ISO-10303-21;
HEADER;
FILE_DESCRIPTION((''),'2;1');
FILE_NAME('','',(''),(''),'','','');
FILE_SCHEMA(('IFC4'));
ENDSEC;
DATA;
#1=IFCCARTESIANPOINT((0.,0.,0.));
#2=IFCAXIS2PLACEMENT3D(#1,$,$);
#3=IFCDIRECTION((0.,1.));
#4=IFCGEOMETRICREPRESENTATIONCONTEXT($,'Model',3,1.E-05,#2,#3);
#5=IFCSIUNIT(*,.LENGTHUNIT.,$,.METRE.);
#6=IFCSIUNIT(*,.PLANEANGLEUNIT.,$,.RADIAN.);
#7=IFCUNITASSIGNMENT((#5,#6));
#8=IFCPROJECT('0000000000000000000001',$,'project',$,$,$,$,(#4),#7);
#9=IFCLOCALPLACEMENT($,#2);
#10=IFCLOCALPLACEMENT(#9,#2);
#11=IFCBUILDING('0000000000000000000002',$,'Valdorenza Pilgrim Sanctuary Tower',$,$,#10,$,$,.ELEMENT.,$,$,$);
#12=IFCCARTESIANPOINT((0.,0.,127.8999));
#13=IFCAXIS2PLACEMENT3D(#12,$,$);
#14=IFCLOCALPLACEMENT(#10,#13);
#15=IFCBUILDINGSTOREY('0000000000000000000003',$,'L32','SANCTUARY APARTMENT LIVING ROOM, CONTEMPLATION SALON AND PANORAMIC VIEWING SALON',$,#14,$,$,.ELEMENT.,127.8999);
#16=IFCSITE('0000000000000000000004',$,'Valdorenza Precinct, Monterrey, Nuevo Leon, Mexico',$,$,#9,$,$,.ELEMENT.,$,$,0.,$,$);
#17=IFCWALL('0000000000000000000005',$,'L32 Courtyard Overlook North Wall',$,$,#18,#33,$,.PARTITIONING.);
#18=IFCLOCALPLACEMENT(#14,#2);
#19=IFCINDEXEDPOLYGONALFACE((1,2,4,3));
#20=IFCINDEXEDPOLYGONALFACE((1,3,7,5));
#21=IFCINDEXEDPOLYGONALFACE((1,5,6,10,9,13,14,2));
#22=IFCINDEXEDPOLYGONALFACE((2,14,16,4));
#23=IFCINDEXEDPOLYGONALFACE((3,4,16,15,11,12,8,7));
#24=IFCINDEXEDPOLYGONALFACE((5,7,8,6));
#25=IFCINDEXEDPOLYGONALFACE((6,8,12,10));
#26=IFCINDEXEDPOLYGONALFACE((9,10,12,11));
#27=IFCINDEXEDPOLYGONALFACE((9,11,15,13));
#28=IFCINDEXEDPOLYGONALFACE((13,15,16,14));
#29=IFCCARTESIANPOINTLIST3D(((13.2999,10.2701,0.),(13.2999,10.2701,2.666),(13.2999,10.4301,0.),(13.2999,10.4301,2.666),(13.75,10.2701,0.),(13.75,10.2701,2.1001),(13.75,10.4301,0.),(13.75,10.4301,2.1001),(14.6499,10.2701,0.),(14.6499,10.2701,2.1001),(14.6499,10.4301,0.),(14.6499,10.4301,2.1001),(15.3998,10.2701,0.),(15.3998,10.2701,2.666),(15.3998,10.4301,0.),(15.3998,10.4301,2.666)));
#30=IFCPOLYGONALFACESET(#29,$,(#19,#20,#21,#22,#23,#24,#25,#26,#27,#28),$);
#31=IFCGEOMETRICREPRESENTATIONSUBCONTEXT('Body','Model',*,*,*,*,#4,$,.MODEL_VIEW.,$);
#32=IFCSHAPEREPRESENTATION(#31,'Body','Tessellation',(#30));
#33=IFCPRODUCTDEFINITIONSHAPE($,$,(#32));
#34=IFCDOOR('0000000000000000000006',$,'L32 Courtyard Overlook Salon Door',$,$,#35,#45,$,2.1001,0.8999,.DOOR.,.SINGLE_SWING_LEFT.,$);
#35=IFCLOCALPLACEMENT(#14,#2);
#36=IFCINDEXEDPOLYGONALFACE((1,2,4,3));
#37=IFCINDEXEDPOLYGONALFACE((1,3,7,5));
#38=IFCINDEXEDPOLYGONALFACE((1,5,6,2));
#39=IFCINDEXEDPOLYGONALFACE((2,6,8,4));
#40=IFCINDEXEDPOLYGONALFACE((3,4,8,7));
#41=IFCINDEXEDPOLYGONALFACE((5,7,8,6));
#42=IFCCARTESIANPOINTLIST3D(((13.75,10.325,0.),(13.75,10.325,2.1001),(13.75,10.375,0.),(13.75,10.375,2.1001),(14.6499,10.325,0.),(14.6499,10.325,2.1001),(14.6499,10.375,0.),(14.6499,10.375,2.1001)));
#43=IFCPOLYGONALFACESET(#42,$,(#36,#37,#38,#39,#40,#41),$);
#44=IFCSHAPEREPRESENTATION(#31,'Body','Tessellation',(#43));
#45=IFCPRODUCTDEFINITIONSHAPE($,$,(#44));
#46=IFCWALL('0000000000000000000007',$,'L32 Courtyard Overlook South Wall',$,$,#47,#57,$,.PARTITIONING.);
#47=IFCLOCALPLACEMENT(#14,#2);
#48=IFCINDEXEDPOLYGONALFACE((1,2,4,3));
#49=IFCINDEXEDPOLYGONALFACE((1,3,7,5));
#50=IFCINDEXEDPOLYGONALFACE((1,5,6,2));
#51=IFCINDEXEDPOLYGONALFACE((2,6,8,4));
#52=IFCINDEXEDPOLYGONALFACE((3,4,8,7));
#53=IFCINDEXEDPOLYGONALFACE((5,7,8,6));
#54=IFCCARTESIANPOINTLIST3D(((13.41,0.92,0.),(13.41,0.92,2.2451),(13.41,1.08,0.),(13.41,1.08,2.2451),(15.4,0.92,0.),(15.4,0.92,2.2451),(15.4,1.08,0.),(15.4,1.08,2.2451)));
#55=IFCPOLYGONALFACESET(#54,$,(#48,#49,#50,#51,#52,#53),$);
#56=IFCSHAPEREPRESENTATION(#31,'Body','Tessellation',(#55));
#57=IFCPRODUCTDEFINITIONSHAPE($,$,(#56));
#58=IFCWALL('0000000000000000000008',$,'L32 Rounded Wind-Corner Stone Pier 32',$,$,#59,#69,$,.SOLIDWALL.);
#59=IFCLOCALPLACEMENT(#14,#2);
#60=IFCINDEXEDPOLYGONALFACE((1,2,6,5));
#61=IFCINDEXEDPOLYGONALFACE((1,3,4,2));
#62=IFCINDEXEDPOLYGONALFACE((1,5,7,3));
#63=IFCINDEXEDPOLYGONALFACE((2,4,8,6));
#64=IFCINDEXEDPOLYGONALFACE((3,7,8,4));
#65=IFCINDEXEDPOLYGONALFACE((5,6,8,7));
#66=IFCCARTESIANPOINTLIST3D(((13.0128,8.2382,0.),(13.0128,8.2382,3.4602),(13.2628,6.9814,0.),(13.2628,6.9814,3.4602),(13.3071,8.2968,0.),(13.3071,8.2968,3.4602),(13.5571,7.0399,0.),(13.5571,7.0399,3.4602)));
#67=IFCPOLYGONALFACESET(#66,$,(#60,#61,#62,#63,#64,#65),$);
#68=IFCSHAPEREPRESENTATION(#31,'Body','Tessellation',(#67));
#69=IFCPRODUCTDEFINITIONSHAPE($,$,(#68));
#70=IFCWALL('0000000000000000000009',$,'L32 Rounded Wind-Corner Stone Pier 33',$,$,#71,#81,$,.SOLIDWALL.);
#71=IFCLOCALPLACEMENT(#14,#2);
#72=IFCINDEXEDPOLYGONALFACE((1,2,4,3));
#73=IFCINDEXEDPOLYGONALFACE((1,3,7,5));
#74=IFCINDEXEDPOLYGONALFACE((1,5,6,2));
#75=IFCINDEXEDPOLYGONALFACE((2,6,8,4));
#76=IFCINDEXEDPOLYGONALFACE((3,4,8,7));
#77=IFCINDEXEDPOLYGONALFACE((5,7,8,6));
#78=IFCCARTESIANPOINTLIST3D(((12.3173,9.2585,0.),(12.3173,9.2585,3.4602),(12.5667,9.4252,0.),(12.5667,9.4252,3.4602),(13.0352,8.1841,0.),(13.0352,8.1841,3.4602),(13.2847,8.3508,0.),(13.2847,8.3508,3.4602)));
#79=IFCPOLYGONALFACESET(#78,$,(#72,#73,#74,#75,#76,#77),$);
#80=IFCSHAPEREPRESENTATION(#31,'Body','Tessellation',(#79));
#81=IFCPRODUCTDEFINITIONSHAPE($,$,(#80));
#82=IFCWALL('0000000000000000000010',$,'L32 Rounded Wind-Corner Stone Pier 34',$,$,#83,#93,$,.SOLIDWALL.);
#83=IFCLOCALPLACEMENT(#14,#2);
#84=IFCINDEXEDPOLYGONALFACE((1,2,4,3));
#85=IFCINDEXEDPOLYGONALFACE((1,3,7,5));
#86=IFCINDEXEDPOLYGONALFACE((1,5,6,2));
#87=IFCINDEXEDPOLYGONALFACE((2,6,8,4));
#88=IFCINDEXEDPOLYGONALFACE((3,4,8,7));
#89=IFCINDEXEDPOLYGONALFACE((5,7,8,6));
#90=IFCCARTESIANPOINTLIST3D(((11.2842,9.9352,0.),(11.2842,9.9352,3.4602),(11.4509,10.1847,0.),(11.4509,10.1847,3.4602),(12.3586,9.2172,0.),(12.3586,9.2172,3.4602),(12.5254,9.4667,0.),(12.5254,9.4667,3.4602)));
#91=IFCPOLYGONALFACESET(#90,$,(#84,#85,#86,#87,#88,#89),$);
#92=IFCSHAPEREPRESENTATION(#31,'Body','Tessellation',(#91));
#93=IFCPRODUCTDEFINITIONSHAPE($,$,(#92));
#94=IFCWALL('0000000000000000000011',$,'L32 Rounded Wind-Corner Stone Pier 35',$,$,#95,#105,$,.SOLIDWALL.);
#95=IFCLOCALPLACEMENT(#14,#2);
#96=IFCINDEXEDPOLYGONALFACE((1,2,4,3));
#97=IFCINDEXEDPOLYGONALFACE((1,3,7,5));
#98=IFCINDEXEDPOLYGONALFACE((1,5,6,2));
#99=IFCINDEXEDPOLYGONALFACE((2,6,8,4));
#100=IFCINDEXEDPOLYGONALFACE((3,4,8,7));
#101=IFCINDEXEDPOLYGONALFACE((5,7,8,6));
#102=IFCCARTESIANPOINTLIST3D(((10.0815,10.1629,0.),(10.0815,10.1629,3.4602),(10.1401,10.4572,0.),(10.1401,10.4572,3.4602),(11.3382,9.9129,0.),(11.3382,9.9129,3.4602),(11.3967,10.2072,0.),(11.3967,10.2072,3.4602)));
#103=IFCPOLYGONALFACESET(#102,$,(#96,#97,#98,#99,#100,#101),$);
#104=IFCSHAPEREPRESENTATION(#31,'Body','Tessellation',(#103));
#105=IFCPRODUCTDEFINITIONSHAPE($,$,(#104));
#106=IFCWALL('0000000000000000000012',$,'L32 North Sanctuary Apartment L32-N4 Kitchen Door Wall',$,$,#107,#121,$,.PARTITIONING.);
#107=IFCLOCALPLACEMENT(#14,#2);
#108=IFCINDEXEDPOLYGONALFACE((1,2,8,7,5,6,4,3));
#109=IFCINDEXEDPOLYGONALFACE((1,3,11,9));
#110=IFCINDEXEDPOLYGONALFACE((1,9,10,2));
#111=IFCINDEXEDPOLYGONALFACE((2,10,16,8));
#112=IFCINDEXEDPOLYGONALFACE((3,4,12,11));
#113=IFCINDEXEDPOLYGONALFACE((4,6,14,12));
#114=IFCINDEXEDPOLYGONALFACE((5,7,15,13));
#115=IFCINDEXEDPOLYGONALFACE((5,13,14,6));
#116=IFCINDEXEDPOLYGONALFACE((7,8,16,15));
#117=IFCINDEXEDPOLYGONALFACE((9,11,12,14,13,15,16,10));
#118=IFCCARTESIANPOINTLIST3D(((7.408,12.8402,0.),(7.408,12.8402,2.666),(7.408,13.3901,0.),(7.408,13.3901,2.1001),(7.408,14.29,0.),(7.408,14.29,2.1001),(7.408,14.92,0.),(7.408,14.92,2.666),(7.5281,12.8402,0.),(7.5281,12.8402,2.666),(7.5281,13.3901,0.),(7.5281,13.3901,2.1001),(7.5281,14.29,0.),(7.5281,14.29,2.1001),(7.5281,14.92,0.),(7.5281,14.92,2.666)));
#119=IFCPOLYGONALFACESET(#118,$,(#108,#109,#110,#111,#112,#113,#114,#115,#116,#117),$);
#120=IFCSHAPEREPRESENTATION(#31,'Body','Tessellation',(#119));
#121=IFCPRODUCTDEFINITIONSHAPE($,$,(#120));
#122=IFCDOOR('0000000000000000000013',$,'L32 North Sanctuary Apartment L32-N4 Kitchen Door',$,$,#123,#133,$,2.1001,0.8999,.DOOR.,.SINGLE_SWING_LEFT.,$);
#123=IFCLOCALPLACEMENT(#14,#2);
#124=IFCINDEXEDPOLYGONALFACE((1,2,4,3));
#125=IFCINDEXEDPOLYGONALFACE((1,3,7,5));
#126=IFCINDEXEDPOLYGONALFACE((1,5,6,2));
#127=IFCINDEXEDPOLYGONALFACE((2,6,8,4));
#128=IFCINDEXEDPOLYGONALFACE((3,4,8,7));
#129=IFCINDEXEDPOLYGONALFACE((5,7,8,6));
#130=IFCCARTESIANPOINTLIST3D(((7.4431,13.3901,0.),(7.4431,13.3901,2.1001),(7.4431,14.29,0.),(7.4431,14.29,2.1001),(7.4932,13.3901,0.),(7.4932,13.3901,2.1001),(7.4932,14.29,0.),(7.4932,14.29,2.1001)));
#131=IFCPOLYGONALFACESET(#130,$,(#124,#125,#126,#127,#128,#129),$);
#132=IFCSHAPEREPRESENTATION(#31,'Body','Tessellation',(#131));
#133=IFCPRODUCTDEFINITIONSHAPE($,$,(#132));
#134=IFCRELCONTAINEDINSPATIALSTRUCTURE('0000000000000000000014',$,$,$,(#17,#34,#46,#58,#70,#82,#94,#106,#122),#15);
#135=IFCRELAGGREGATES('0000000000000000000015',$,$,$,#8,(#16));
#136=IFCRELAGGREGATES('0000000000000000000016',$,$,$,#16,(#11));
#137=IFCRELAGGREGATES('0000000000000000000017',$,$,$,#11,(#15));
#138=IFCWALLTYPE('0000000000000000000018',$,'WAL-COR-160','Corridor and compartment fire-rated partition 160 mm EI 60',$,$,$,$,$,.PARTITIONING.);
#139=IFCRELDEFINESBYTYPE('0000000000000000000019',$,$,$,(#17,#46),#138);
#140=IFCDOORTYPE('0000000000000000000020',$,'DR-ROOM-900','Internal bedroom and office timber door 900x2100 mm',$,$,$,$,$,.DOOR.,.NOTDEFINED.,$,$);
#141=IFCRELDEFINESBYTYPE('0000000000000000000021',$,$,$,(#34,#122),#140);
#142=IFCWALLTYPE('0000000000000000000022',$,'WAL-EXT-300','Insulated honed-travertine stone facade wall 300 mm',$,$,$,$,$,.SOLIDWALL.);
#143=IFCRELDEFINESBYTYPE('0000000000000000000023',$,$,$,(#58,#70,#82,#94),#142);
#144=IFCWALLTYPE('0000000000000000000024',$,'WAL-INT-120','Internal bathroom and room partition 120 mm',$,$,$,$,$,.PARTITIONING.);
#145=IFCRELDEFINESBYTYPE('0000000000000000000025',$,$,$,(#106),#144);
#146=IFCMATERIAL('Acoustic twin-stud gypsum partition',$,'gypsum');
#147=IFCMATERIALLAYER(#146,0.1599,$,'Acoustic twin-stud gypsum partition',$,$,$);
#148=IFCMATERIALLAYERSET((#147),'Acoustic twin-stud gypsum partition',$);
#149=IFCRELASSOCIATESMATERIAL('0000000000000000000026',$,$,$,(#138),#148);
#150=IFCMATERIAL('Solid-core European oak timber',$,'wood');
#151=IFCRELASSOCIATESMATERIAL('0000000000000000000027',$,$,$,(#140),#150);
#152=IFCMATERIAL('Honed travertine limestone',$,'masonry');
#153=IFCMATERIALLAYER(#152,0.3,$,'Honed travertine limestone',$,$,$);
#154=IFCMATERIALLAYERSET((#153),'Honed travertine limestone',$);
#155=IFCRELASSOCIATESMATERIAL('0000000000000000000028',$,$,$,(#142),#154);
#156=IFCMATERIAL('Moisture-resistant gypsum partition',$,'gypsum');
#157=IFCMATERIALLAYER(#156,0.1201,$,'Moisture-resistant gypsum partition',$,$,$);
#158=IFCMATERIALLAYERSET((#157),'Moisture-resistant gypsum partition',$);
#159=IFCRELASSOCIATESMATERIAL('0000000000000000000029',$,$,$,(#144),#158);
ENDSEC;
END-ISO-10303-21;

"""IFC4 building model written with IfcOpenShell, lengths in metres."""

from ifc_helpers import new_model, si_unit, direction, frame, frame_2d, origin, place, context, subcontext, project, spatial, rectangle, extrude, material, layer, layer_set, type_object, element, fill, save


model = new_model("IFC4")

# Units and contexts
model_context = context("Model", 3, precision=1e-05, world=origin(), true_north=direction((0.0, 1.0)))
body_context = subcontext(model_context, "Body", "Model", "MODEL_VIEW")
ifc_project = project(units=[si_unit("LENGTHUNIT", "METRE"), si_unit("PLANEANGLEUNIT", "RADIAN")], contexts=[model_context])

# Site, building, storey
site_placement = place(None, origin())
site = spatial("IfcSite", under=ifc_project, at=site_placement, Name="Valdorenza Precinct, Monterrey, Nuevo Leon, Mexico", CompositionType="ELEMENT", RefElevation=0.0)
building_placement = place(site_placement, origin())
building = spatial("IfcBuilding", under=site, at=building_placement, Name="Valdorenza Pilgrim Sanctuary Tower", CompositionType="ELEMENT")
storey_placement = place(building_placement, frame((0.0, 0.0, 127.8999)))
storey = spatial("IfcBuildingStorey", under=building, at=storey_placement, Name="L32", Description="SANCTUARY APARTMENT LIVING ROOM, CONTEMPLATION SALON AND PANORAMIC VIEWING SALON", CompositionType="ELEMENT", Elevation=127.8999)

# Shared definitions
ifc_material_1 = material(Name="Honed travertine limestone", Category="masonry")

# Shared definitions
ifc_material_2 = material(Name="Acoustic twin-stud gypsum partition", Category="gypsum")
ifc_layer_1 = layer(ifc_material_2, 0.1599, Name="Acoustic twin-stud gypsum partition")
ifc_layer_set_1 = layer_set([ifc_layer_1], Name="Acoustic twin-stud gypsum partition")
wall_type_1 = type_object("IfcWallType", Name="WAL-COR-160", Description="Corridor and compartment fire-rated partition 160 mm EI 60", PredefinedType="PARTITIONING", material=ifc_layer_set_1)

# Wall, opening, door
ifc_material_3 = material(Name="Solid-core European oak timber", Category="wood")
door_type = type_object("IfcDoorType", Name="DR-ROOM-900", Description="Internal bedroom and office timber door 900x2100 mm", OperationType="NOTDEFINED", PredefinedType="DOOR", material=ifc_material_3)
wall_1_placement = place(storey_placement, frame((13.3, 10.3501, 0.0), z_axis=(0.0, 0.0, 1.0), x_axis=(1.0, 0.0, 0.0)))
wall_1 = element("IfcWall", 1, at=wall_1_placement, inside=storey, type_object=wall_type_1, Name="L32 Courtyard Overlook North Wall", PredefinedType="PARTITIONING", context=body_context, shape_type="SweptSolid", body=[
    extrude(rectangle(XDim=2.0999, YDim=0.1599, at=frame_2d((1.0498, 0.0))), origin(), (0.0, 0.0, 1.0), 2.666),
])
opening_1_placement = place(wall_1_placement, frame((0.45, 0.0, 0.0)))
opening_1 = element("IfcOpeningElement", 2, at=opening_1_placement, cuts=wall_1, PredefinedType="OPENING", context=body_context, shape_type="SweptSolid", body=[
    extrude(rectangle(XDim=0.8999, YDim=2.1001, at=frame_2d((0.45, 1.05))), frame((0.0, 0.0947, 0.0), z_axis=(0.0, -1.0, 0.0), x_axis=(1.0, 0.0, 0.0)), (0.0, 0.0, 1.0), 0.1897),
])
door_1_placement = place(opening_1_placement, origin())
door_1 = element("IfcDoor", 3, at=door_1_placement, inside=storey, type_object=door_type, Name="L32 Courtyard Overlook Salon Door", OperationType="SINGLE_SWING_LEFT", OverallHeight=2.1001, OverallWidth=0.8999, PredefinedType="DOOR", context=body_context, shape_type="SweptSolid", body=[
    extrude(rectangle(XDim=0.8999, YDim=2.1001, at=frame_2d((0.45, 1.05))), frame((0.0, 0.0249, 0.0), z_axis=(0.0, -1.0, 0.0), x_axis=(1.0, 0.0, 0.0)), (0.0, 0.0, 1.0), 0.05),
])
fill(opening_1, door_1)

# Walls
wall_2_placement = place(storey_placement, frame((13.4099, 1.0, 0.0), z_axis=(0.0, 0.0, 1.0), x_axis=(1.0, 0.0, 0.0)))
element("IfcWall", 4, at=wall_2_placement, inside=storey, type_object=wall_type_1, Name="L32 Courtyard Overlook South Wall", PredefinedType="PARTITIONING", context=body_context, shape_type="SweptSolid", body=[
    extrude(rectangle(XDim=1.99, YDim=0.1599, at=frame_2d((0.9951, 0.0))), origin(), (0.0, 0.0, 1.0), 2.2451),
])
ifc_layer_2 = layer(ifc_material_1, 0.3, Name="Honed travertine limestone")
ifc_layer_set_2 = layer_set([ifc_layer_2], Name="Honed travertine limestone")
wall_type_2 = type_object("IfcWallType", Name="WAL-EXT-300", Description="Insulated honed-travertine stone facade wall 300 mm", PredefinedType="SOLIDWALL", material=ifc_layer_set_2)
wall_3_placement = place(storey_placement, frame((13.4099, 7.0107, 0.0), z_axis=(0.0, 0.0, 1.0), x_axis=(-0.19509, 0.980785, 0.0)))
element("IfcWall", 5, at=wall_3_placement, inside=storey, type_object=wall_type_2, Name="L32 Rounded Wind-Corner Stone Pier 32", PredefinedType="SOLIDWALL", context=body_context, shape_type="SweptSolid", body=[
    extrude(rectangle(XDim=1.2815, YDim=0.3, at=frame_2d((0.6406, 0.0))), origin(), (0.0, 0.0, 1.0), 3.4602),
])
for number, where, z_axis, x_axis, name in (
    (6, (13.1599, 8.2676, 0.0), (0.0, 0.0, 1.0), (-0.555615, 0.831439, 0.0), "L32 Rounded Wind-Corner Stone Pier 33"),
    (7, (12.4419, 9.342, 0.0), (0.0, 0.0, 1.0), (-0.831439, 0.555615, 0.0), "L32 Rounded Wind-Corner Stone Pier 34"),
):
    element("IfcWall", number, at=place(storey_placement, frame(where, z_axis=z_axis, x_axis=x_axis)), inside=storey, type_object=wall_type_2, Name=name, PredefinedType="SOLIDWALL", context=body_context, shape_type="SweptSolid", body=[
        extrude(rectangle(XDim=1.2922, YDim=0.3, at=frame_2d((0.646, 0.0))), origin(), (0.0, 0.0, 1.0), 3.4602),
    ])
wall_4_placement = place(storey_placement, frame((11.3674, 10.0601, 0.0), z_axis=(0.0, 0.0, 1.0), x_axis=(-0.980778, 0.195127, 0.0)))
element("IfcWall", 8, at=wall_4_placement, inside=storey, type_object=wall_type_2, Name="L32 Rounded Wind-Corner Stone Pier 35", PredefinedType="SOLIDWALL", context=body_context, shape_type="SweptSolid", body=[
    extrude(rectangle(XDim=1.2812, YDim=0.3, at=frame_2d((0.6406, 0.0))), origin(), (0.0, 0.0, 1.0), 3.4602),
])

# Wall, opening, door
ifc_material_4 = material(Name="Moisture-resistant gypsum partition", Category="gypsum")
ifc_layer_3 = layer(ifc_material_4, 0.1201, Name="Moisture-resistant gypsum partition")
ifc_layer_set_3 = layer_set([ifc_layer_3], Name="Moisture-resistant gypsum partition")
wall_type_3 = type_object("IfcWallType", Name="WAL-INT-120", Description="Internal bathroom and room partition 120 mm", PredefinedType="PARTITIONING", material=ifc_layer_set_3)
wall_5_placement = place(storey_placement, frame((7.468, 12.8401, 0.0), z_axis=(0.0, 0.0, 1.0), x_axis=(0.0, 1.0, 0.0)))
wall_5 = element("IfcWall", 9, at=wall_5_placement, inside=storey, type_object=wall_type_3, Name="L32 North Sanctuary Apartment L32-N4 Kitchen Door Wall", PredefinedType="PARTITIONING", context=body_context, shape_type="SweptSolid", body=[
    extrude(rectangle(XDim=2.0798, YDim=0.1201, at=frame_2d((1.04, 0.0))), origin(), (0.0, 0.0, 1.0), 2.666),
])
opening_2_placement = place(wall_5_placement, frame((0.55, 0.0, 0.0)))
opening_2 = element("IfcOpeningElement", 10, at=opening_2_placement, cuts=wall_5, PredefinedType="OPENING", context=body_context, shape_type="SweptSolid", body=[
    extrude(rectangle(XDim=0.8999, YDim=2.1001, at=frame_2d((0.45, 1.05))), frame((0.0, 0.075, 0.0), z_axis=(0.0, -1.0, 0.0), x_axis=(1.0, 0.0, 0.0)), (0.0, 0.0, 1.0), 0.1499),
])
door_2_placement = place(opening_2_placement, origin())
door_2 = element("IfcDoor", 11, at=door_2_placement, inside=storey, type_object=door_type, Name="L32 North Sanctuary Apartment L32-N4 Kitchen Door", OperationType="SINGLE_SWING_LEFT", OverallHeight=2.1001, OverallWidth=0.8999, PredefinedType="DOOR", context=body_context, shape_type="SweptSolid", body=[
    extrude(rectangle(XDim=0.8999, YDim=2.1001, at=frame_2d((0.45, 1.05))), frame((0.0, 0.0249, 0.0), z_axis=(0.0, -1.0, 0.0), x_axis=(1.0, 0.0, 0.0)), (0.0, 0.0, 1.0), 0.05),
])
fill(opening_2, door_2)

save(model, "model.ifc")
